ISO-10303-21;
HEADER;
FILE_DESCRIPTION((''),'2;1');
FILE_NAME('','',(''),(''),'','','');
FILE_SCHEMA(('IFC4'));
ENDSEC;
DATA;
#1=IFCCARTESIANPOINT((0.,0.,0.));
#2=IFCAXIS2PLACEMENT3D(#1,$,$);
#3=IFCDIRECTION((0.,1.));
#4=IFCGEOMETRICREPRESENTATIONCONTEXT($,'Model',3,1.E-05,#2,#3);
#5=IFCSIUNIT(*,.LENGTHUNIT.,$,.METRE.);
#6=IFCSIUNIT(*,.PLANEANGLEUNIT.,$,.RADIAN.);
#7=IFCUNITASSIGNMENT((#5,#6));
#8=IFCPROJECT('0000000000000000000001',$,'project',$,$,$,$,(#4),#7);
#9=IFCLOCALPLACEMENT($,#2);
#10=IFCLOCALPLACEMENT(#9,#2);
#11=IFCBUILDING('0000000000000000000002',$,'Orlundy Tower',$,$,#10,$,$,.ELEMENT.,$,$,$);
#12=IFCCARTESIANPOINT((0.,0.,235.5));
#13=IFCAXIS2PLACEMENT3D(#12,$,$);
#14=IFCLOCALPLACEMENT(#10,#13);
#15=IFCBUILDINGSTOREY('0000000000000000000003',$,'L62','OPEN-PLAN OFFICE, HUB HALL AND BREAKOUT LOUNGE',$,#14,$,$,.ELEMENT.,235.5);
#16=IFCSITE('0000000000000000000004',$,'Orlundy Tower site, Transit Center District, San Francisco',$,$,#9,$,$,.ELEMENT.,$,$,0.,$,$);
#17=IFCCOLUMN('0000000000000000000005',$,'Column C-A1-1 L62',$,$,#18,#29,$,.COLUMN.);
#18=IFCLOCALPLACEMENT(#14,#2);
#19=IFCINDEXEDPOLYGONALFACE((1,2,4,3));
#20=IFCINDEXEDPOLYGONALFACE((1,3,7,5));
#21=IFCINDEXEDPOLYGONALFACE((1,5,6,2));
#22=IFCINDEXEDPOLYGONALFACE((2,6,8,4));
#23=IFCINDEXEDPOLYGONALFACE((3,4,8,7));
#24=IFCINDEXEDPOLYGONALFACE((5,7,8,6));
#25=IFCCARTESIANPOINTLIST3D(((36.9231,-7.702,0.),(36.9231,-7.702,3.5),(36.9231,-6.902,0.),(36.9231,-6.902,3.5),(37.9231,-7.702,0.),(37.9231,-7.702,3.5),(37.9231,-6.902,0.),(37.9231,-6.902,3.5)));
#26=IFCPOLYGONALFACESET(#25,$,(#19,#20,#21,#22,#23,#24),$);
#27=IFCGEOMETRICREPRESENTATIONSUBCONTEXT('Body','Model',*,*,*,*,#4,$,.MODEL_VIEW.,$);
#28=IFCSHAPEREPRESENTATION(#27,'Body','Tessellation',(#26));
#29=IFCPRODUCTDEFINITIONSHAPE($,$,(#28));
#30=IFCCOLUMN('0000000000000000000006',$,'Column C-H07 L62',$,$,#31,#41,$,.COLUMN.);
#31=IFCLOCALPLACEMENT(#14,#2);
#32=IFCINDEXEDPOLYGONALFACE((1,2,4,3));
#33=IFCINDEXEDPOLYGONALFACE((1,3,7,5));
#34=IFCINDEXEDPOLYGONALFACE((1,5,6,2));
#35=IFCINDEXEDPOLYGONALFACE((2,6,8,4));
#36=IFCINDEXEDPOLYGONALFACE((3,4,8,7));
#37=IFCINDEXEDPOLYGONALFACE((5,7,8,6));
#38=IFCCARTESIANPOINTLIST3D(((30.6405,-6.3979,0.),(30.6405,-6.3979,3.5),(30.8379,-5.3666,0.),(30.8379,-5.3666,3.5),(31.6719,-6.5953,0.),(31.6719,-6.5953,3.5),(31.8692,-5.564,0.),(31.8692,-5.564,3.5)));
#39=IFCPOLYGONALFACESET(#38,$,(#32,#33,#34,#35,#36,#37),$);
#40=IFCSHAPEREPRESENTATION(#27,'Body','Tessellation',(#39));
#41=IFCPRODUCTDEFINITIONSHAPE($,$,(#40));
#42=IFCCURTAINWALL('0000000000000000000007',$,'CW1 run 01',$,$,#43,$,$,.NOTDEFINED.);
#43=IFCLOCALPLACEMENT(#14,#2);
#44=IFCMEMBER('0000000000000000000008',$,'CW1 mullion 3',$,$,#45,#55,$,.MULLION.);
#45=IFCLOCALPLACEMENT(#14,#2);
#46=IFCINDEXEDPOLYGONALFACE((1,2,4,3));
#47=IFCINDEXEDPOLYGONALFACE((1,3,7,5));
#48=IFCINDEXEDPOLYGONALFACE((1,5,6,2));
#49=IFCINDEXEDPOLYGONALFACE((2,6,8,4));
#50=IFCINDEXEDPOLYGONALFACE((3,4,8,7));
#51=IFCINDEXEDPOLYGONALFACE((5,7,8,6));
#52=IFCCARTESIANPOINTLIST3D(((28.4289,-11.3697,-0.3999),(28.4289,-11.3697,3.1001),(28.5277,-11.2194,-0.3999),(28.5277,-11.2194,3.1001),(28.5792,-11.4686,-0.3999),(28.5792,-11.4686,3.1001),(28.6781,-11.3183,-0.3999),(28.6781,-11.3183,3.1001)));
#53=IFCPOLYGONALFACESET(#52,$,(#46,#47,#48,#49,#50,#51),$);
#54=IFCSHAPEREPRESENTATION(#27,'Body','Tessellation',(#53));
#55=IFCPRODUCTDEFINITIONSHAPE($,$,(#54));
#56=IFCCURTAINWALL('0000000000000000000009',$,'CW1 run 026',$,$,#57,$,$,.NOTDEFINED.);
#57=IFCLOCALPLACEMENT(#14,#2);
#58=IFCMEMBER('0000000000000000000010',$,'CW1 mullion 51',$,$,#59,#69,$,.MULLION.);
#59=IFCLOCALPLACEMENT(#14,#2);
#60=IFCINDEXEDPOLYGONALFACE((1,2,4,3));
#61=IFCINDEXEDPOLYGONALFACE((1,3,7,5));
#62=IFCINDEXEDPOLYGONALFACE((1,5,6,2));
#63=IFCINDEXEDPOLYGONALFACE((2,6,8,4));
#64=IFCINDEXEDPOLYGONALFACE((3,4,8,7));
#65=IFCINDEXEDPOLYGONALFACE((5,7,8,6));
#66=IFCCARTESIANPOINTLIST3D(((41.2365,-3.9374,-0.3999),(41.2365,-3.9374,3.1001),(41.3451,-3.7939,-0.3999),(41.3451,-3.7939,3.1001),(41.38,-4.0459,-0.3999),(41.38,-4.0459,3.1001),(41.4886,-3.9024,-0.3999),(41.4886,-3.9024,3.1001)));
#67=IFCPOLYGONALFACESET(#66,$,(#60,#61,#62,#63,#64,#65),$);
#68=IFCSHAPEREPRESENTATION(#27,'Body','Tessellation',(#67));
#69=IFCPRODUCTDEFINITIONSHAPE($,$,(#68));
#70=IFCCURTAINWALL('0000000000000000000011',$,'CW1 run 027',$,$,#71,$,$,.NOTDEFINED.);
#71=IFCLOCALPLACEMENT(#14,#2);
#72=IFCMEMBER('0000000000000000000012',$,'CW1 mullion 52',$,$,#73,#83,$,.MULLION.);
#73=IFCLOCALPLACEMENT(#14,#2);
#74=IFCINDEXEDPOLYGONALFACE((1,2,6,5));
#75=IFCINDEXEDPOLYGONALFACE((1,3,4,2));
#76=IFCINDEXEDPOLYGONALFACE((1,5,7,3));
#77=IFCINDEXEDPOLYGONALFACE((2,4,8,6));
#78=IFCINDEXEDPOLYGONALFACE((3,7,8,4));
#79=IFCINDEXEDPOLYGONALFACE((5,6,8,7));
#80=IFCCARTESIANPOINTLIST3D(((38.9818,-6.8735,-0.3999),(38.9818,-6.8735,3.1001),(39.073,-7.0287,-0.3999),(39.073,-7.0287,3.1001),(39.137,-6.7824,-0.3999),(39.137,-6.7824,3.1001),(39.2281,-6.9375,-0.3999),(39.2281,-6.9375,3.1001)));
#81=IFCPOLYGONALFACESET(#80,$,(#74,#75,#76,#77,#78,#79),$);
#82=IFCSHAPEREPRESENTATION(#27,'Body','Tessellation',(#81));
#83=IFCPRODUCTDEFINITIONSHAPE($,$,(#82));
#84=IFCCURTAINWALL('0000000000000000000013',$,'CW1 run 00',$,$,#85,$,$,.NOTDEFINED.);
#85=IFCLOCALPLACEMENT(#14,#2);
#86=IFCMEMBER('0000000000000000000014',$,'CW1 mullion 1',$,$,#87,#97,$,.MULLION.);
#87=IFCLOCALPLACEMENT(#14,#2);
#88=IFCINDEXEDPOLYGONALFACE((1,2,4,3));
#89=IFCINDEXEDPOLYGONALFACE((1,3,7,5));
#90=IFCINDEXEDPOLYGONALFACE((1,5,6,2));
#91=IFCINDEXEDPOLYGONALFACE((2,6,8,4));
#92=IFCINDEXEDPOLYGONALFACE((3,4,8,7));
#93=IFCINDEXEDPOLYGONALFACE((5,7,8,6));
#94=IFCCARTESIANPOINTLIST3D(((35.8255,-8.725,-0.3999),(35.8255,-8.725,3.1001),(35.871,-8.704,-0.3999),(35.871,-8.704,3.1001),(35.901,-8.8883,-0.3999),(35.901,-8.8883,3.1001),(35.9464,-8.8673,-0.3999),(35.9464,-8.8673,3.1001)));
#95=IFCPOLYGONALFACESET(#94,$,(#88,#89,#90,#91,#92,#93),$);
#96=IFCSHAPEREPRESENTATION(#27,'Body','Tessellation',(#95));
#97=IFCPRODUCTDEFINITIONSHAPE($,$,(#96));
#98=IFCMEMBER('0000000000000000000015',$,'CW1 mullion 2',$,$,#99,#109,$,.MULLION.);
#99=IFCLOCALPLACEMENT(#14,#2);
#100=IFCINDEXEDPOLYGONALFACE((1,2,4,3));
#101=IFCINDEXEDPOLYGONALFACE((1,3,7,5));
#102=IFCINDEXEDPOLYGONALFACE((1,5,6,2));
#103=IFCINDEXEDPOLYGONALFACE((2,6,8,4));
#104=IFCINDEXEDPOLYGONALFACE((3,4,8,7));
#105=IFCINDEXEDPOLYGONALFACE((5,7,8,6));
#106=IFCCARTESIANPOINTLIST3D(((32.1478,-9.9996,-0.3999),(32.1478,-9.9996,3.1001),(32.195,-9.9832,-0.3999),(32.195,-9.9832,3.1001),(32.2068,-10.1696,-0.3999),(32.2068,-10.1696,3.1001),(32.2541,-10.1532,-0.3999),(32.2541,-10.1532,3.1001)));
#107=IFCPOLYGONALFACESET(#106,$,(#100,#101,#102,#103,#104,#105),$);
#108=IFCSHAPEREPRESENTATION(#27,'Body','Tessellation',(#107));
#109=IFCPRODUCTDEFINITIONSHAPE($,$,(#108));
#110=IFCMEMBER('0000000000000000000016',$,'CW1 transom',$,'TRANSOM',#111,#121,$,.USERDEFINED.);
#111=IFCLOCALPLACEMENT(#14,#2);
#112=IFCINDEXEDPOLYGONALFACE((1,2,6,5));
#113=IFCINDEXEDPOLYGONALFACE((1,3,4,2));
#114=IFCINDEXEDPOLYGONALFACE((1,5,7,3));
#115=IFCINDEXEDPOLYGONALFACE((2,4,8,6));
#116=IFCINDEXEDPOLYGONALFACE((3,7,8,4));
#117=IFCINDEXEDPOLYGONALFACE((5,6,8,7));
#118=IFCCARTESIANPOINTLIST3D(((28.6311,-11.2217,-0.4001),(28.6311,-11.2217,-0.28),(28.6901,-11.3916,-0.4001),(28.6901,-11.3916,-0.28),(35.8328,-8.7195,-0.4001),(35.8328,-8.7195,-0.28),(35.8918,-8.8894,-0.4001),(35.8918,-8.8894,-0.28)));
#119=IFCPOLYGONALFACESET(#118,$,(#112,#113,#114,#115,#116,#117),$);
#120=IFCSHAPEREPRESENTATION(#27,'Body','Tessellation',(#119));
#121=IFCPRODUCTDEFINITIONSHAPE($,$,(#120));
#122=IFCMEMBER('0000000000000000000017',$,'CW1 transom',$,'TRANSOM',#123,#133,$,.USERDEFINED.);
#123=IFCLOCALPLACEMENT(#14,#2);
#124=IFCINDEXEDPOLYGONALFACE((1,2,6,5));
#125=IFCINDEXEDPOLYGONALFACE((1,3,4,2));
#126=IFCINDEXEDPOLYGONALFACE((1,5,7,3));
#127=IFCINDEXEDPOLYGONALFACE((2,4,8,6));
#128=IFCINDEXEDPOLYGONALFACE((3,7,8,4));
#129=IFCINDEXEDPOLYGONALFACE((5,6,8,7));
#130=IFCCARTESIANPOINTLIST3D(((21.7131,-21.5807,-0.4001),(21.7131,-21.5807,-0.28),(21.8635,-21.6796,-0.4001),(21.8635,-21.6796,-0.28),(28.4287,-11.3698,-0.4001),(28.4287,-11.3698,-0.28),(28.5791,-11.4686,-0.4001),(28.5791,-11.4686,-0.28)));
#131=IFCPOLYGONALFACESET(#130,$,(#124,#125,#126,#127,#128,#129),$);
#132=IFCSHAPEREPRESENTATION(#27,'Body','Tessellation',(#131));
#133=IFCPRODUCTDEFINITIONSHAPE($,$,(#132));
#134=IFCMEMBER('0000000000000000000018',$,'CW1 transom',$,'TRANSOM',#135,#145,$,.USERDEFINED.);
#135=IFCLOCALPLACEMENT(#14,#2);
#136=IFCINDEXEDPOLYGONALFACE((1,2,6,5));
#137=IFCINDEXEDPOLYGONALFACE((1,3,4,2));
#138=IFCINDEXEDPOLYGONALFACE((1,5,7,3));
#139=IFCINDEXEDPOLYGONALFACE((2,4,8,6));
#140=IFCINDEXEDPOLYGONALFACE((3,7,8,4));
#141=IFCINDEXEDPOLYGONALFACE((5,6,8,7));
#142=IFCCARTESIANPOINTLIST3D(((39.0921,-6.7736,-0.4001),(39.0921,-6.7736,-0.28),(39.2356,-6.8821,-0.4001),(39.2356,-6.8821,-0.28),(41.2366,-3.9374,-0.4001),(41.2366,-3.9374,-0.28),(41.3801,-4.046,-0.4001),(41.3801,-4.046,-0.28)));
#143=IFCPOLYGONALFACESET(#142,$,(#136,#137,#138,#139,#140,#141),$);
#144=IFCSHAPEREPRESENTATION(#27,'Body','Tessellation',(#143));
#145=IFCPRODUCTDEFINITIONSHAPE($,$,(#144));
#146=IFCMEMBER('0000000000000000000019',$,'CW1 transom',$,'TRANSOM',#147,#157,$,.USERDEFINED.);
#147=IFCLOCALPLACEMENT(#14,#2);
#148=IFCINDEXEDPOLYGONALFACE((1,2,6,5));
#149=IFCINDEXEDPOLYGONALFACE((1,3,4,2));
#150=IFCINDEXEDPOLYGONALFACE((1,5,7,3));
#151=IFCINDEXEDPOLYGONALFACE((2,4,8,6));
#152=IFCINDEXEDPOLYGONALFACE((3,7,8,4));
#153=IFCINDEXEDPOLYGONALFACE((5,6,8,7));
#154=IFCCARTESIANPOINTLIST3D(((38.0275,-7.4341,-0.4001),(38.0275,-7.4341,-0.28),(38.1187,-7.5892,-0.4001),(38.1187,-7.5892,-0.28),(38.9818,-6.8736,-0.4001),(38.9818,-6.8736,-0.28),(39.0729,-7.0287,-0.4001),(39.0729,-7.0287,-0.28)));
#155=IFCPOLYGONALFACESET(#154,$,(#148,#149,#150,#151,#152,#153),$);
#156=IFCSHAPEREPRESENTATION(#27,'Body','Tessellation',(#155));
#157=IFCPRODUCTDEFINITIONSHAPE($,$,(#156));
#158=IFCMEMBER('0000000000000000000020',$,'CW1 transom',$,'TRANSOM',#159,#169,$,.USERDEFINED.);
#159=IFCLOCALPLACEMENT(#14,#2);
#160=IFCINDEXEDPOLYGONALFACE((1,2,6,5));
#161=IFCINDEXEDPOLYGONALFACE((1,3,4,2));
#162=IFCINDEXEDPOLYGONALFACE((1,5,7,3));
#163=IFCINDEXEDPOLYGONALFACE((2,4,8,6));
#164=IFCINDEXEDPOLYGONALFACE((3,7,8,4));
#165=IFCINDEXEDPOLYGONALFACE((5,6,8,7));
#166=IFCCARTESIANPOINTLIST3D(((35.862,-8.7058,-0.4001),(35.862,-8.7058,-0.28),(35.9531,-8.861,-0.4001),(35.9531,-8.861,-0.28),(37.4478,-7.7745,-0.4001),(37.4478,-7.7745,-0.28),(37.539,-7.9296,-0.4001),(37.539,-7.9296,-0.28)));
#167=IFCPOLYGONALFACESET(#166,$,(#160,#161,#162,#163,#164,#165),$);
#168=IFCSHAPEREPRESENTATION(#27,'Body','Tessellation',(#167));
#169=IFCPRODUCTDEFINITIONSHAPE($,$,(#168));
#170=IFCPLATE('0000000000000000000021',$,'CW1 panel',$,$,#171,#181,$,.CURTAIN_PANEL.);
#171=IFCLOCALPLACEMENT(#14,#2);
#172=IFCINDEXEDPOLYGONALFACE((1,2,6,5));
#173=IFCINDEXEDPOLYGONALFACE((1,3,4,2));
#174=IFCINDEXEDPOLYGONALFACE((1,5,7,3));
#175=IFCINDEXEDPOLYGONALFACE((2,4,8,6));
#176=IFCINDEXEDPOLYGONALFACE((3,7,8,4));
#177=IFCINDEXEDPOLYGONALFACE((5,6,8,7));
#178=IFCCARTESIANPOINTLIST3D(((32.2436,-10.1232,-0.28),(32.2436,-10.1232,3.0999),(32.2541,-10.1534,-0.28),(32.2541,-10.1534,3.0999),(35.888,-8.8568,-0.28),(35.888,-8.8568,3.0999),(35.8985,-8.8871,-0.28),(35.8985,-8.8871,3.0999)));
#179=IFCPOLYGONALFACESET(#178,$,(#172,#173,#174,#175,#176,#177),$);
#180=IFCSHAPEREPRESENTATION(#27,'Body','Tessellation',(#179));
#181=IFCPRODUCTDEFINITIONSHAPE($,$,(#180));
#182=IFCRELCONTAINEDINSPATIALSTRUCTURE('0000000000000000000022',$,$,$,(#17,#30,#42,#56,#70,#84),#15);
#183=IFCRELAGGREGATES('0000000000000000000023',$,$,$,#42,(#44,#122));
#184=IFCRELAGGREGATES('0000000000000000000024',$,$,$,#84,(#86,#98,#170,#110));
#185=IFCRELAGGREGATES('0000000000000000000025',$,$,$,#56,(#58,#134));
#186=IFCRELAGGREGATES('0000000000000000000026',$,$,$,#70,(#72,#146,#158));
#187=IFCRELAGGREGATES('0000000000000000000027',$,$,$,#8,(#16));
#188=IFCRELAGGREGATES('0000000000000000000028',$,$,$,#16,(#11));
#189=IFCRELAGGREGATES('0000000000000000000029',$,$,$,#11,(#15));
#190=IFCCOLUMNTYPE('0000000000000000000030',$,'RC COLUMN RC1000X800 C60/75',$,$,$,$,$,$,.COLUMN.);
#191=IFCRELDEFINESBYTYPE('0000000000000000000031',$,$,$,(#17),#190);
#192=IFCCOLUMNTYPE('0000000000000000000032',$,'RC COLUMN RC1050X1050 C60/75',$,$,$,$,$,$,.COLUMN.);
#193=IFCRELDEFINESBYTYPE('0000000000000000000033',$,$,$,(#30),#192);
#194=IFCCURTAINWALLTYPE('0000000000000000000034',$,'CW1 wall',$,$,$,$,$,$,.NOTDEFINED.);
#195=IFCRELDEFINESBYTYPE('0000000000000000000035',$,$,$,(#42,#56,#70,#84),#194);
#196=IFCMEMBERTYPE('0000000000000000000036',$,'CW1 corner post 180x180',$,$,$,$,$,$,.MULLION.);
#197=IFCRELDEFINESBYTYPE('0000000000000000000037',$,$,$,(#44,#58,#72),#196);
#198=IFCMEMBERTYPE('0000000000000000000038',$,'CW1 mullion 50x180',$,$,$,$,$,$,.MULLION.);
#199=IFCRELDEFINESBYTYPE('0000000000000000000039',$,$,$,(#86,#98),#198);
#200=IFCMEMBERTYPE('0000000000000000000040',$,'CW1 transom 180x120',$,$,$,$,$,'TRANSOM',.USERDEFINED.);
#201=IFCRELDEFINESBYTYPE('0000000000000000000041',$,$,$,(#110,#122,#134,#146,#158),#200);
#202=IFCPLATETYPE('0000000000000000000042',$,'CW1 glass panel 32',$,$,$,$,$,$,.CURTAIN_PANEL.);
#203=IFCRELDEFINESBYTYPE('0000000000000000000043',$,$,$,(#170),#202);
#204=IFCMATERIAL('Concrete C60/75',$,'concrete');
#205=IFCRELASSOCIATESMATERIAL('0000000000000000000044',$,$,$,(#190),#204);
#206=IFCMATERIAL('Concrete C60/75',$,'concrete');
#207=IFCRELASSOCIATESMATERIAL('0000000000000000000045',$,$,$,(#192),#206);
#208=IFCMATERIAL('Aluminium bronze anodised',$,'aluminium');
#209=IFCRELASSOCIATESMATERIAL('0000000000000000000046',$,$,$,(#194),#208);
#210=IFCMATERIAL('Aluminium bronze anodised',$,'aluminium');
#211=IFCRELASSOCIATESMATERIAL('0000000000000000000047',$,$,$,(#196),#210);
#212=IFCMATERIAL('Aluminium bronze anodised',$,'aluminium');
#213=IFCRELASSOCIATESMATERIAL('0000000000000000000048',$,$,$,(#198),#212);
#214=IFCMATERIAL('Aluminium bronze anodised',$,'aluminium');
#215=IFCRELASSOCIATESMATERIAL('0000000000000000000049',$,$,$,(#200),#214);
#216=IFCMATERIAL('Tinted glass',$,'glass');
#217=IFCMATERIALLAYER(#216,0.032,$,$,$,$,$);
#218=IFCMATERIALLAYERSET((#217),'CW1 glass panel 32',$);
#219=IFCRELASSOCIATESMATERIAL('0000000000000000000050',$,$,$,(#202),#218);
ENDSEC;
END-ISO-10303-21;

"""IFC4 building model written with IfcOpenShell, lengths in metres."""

from ifc_helpers import new_model, si_unit, direction, frame, origin, origin_2d, place, context, subcontext, project, spatial, rectangle, extrude, material, layer, layer_set, material_profile, profile_set, type_object, element, aggregate, save


model = new_model("IFC4")

# Units and contexts
model_context = context("Model", 3, precision=1e-05, world=origin(), true_north=direction((0.0, 1.0)))
body_context = subcontext(model_context, "Body", "Model", "MODEL_VIEW")
ifc_project = project(units=[si_unit("LENGTHUNIT", "METRE"), si_unit("PLANEANGLEUNIT", "RADIAN")], contexts=[model_context])

# Site, building, storey
site_placement = place(None, origin())
site = spatial("IfcSite", under=ifc_project, at=site_placement, Name="Orlundy Tower site, Transit Center District, San Francisco", CompositionType="ELEMENT", RefElevation=0.0)
building_placement = place(site_placement, origin())
building = spatial("IfcBuilding", under=site, at=building_placement, Name="Orlundy Tower", CompositionType="ELEMENT")
storey_placement = place(building_placement, frame((0.0, 0.0, 235.5)))
storey = spatial("IfcBuildingStorey", under=building, at=storey_placement, Name="L62", Description="OPEN-PLAN OFFICE, HUB HALL AND BREAKOUT LOUNGE", CompositionType="ELEMENT", Elevation=235.5)

# Columns
ifc_material_1 = material(Name="Concrete C60/75", Category="concrete")
ifc_material_profile_1 = material_profile(ifc_material_1, rectangle(XDim=1.0, YDim=0.8, at=origin_2d()), Name="RC1000X800")
ifc_profile_set_1 = profile_set([ifc_material_profile_1], Name="Concrete C60/75")
column_type_1 = type_object("IfcColumnType", Name="RC COLUMN RC1000X800 C60/75", PredefinedType="COLUMN", material=ifc_profile_set_1)
column_1_placement = place(storey_placement, frame((37.4231, -7.302, 0.0), z_axis=(0.0, 0.0, 1.0), x_axis=(1.0, 0.0, 0.0)))
element("IfcColumn", 1, at=column_1_placement, inside=storey, type_object=column_type_1, Name="Column C-A1-1 L62", PredefinedType="COLUMN", context=body_context, shape_type="SweptSolid", body=[
    extrude(rectangle(XDim=1.0, YDim=0.8, at=origin_2d()), origin(), (0.0, 0.0, 1.0), 3.5),
])
ifc_material_2 = material(Name="Concrete C60/75", Category="concrete")
ifc_material_profile_2 = material_profile(ifc_material_2, rectangle(XDim=1.05, YDim=1.05, at=origin_2d()), Name="RC1050X1050")
ifc_profile_set_2 = profile_set([ifc_material_profile_2], Name="Concrete C60/75")
column_type_2 = type_object("IfcColumnType", Name="RC COLUMN RC1050X1050 C60/75", PredefinedType="COLUMN", material=ifc_profile_set_2)
column_2_placement = place(storey_placement, frame((31.2549, -5.981, 0.0), z_axis=(0.0, 0.0, 1.0), x_axis=(0.982179, -0.187947, 0.0)))
element("IfcColumn", 2, at=column_2_placement, inside=storey, type_object=column_type_2, Name="Column C-H07 L62", PredefinedType="COLUMN", context=body_context, shape_type="SweptSolid", body=[
    extrude(rectangle(XDim=1.05, YDim=1.05, at=origin_2d()), origin(), (0.0, 0.0, 1.0), 3.5),
])

# Curtain walls, members
ifc_material_3 = material(Name="Aluminium bronze anodised", Category="aluminium")
curtain_wall_type = type_object("IfcCurtainWallType", Name="CW1 wall", PredefinedType="NOTDEFINED", material=ifc_material_3)
curtain_wall_1_placement = place(storey_placement, origin())
curtain_wall_1 = element("IfcCurtainWall", 3, at=curtain_wall_1_placement, inside=storey, type_object=curtain_wall_type, Name="CW1 run 01", PredefinedType="NOTDEFINED")
ifc_material_4 = material(Name="Aluminium bronze anodised", Category="aluminium")
ifc_material_profile_3 = material_profile(ifc_material_4, rectangle(XDim=0.1799, YDim=0.1799, at=origin_2d()), Name="CW1 corner post 180x180")
ifc_profile_set_3 = profile_set([ifc_material_profile_3], Name="Aluminium bronze anodised")
member_type_1 = type_object("IfcMemberType", Name="CW1 corner post 180x180", PredefinedType="MULLION", material=ifc_profile_set_3)
member_1_placement = place(storey_placement, frame((28.5535, -11.344, -0.3999), z_axis=(0.0, 0.0, 1.0), x_axis=(0.835496, -0.549496, 0.0)))
member_1 = element("IfcMember", 4, at=member_1_placement, type_object=member_type_1, Name="CW1 mullion 3", PredefinedType="MULLION", context=body_context, shape_type="SweptSolid", body=[
    extrude(rectangle(XDim=0.1799, YDim=0.1799, at=origin_2d()), origin(), (0.0, 0.0, 1.0), 3.5),
])
curtain_wall_2_placement = place(storey_placement, origin())
curtain_wall_2 = element("IfcCurtainWall", 5, at=curtain_wall_2_placement, inside=storey, type_object=curtain_wall_type, Name="CW1 run 026", PredefinedType="NOTDEFINED")
member_2_placement = place(storey_placement, frame((41.3625, -3.9199, -0.3999), z_axis=(0.0, 0.0, 1.0), x_axis=(0.797631, -0.603146, 0.0)))
member_2 = element("IfcMember", 6, at=member_2_placement, type_object=member_type_1, Name="CW1 mullion 51", PredefinedType="MULLION", context=body_context, shape_type="SweptSolid", body=[
    extrude(rectangle(XDim=0.1799, YDim=0.1799, at=origin_2d()), origin(), (0.0, 0.0, 1.0), 3.5),
])
curtain_wall_3_placement = place(storey_placement, origin())
curtain_wall_3 = element("IfcCurtainWall", 7, at=curtain_wall_3_placement, inside=storey, type_object=curtain_wall_type, Name="CW1 run 027", PredefinedType="NOTDEFINED")
member_3_placement = place(storey_placement, frame((39.105, -6.9055, -0.3999), z_axis=(0.0, 0.0, 1.0), x_axis=(0.506419, -0.862288, 0.0)))
member_3 = element("IfcMember", 8, at=member_3_placement, type_object=member_type_1, Name="CW1 mullion 52", PredefinedType="MULLION", context=body_context, shape_type="SweptSolid", body=[
    extrude(rectangle(XDim=0.1799, YDim=0.1799, at=origin_2d()), origin(), (0.0, 0.0, 1.0), 3.5),
])

# Curtain wall, members
curtain_wall_4_placement = place(storey_placement, origin())
curtain_wall_4 = element("IfcCurtainWall", 9, at=curtain_wall_4_placement, inside=storey, type_object=curtain_wall_type, Name="CW1 run 00", PredefinedType="NOTDEFINED")
ifc_material_5 = material(Name="Aluminium bronze anodised", Category="aluminium")
ifc_material_profile_4 = material_profile(ifc_material_5, rectangle(XDim=0.1799, YDim=0.05, at=origin_2d()), Name="CW1 mullion 50x180")
ifc_profile_set_4 = profile_set([ifc_material_profile_4], Name="Aluminium bronze anodised")
member_type_2 = type_object("IfcMemberType", Name="CW1 mullion 50x180", PredefinedType="MULLION", material=ifc_profile_set_4)
member_4_placement = place(storey_placement, frame((35.886, -8.7961, -0.3999), z_axis=(0.0, 0.0, 1.0), x_axis=(0.419347, -0.907826, 0.0)))
member_4 = element("IfcMember", 10, at=member_4_placement, type_object=member_type_2, Name="CW1 mullion 1", PredefinedType="MULLION", context=body_context, shape_type="SweptSolid", body=[
    extrude(rectangle(XDim=0.1799, YDim=0.05, at=origin_2d()), origin(), (0.0, 0.0, 1.0), 3.5),
])
member_5_placement = place(storey_placement, frame((32.2009, -10.0764, -0.3999), z_axis=(0.0, 0.0, 1.0), x_axis=(0.328227, -0.944599, 0.0)))
member_5 = element("IfcMember", 11, at=member_5_placement, type_object=member_type_2, Name="CW1 mullion 2", PredefinedType="MULLION", context=body_context, shape_type="SweptSolid", body=[
    extrude(rectangle(XDim=0.1799, YDim=0.05, at=origin_2d()), origin(), (0.0, 0.0, 1.0), 3.5),
])
ifc_material_6 = material(Name="Aluminium bronze anodised", Category="aluminium")
ifc_material_profile_5 = material_profile(ifc_material_6, rectangle(XDim=0.1799, YDim=0.1201, at=origin_2d()), Name="CW1 transom 180x120")
ifc_profile_set_5 = profile_set([ifc_material_profile_5], Name="Aluminium bronze anodised")
member_type_3 = type_object("IfcMemberType", Name="CW1 transom 180x120", ElementType="TRANSOM", PredefinedType="USERDEFINED", material=ifc_profile_set_5)
member_6_placement = place(storey_placement, frame((35.8623, -8.8044, -0.3401), z_axis=(-0.944608, -0.328201, 0.0), x_axis=(0.328201, -0.944608, 0.0)))
member_6 = element("IfcMember", 12, at=member_6_placement, type_object=member_type_3, Name="CW1 transom", ObjectType="TRANSOM", PredefinedType="USERDEFINED", context=body_context, shape_type="SweptSolid", body=[
    extrude(rectangle(XDim=0.1799, YDim=0.1201, at=origin_2d()), origin(), (0.0, 0.0, 1.0), 7.624),
])

# Members
member_7_placement = place(storey_placement, frame((28.5039, -11.4192, -0.3401), z_axis=(-0.549494, -0.835498, 0.0), x_axis=(0.835498, -0.549494, 0.0)))
member_7 = element("IfcMember", 13, at=member_7_placement, type_object=member_type_3, Name="CW1 transom", ObjectType="TRANSOM", PredefinedType="USERDEFINED", context=body_context, shape_type="SweptSolid", body=[
    extrude(rectangle(XDim=0.1799, YDim=0.1201, at=origin_2d()), origin(), (0.0, 0.0, 1.0), 12.2214),
])
aggregate(curtain_wall_1, [member_1, member_7])
member_8_placement = place(storey_placement, frame((41.3083, -3.9917, -0.3401), z_axis=(-0.603126, -0.797646, 0.0), x_axis=(0.797646, -0.603126, 0.0)))
member_8 = element("IfcMember", 14, at=member_8_placement, type_object=member_type_3, Name="CW1 transom", ObjectType="TRANSOM", PredefinedType="USERDEFINED", context=body_context, shape_type="SweptSolid", body=[
    extrude(rectangle(XDim=0.1799, YDim=0.1201, at=origin_2d()), origin(), (0.0, 0.0, 1.0), 3.5557),
])
member_9_placement = place(storey_placement, frame((39.0273, -6.9512, -0.3401), z_axis=(-0.862263, -0.506461, 0.0), x_axis=(0.506461, -0.862263, 0.0)))
member_9 = element("IfcMember", 15, at=member_9_placement, type_object=member_type_3, Name="CW1 transom", ObjectType="TRANSOM", PredefinedType="USERDEFINED", context=body_context, shape_type="SweptSolid", body=[
    extrude(rectangle(XDim=0.1799, YDim=0.1201, at=origin_2d()), origin(), (0.0, 0.0, 1.0), 1.1067),
])
member_10_placement = place(storey_placement, frame((37.4934, -7.8521, -0.3401), z_axis=(-0.862292, -0.506411, 0.0), x_axis=(0.506411, -0.862292, 0.0)))
member_10 = element("IfcMember", 16, at=member_10_placement, type_object=member_type_3, Name="CW1 transom", ObjectType="TRANSOM", PredefinedType="USERDEFINED", context=body_context, shape_type="SweptSolid", body=[
    extrude(rectangle(XDim=0.1799, YDim=0.1201, at=origin_2d()), origin(), (0.0, 0.0, 1.0), 1.8391),
])

# Plate
ifc_material_7 = material(Name="Tinted glass", Category="glass")
ifc_layer_1 = layer(ifc_material_7, 0.032)
ifc_layer_set_1 = layer_set([ifc_layer_1], Name="CW1 glass panel 32")
plate_type = type_object("IfcPlateType", Name="CW1 glass panel 32", PredefinedType="CURTAIN_PANEL", material=ifc_layer_set_1)
plate_1_placement = place(storey_placement, frame((34.071, -9.5051, -0.28), z_axis=(0.0, 0.0, 1.0), x_axis=(-0.944599, -0.328227, 0.0)))
plate_1 = element("IfcPlate", 17, at=plate_1_placement, type_object=plate_type, Name="CW1 panel", PredefinedType="CURTAIN_PANEL", context=body_context, shape_type="SweptSolid", body=[
    extrude(rectangle(XDim=3.8582, YDim=0.032, at=origin_2d()), origin(), (0.0, 0.0, 1.0), 3.3799),
])
aggregate(curtain_wall_4, [member_4, member_5, plate_1, member_6])

aggregate(curtain_wall_2, [member_2, member_8])
aggregate(curtain_wall_3, [member_3, member_9, member_10])

save(model, "model.ifc")
